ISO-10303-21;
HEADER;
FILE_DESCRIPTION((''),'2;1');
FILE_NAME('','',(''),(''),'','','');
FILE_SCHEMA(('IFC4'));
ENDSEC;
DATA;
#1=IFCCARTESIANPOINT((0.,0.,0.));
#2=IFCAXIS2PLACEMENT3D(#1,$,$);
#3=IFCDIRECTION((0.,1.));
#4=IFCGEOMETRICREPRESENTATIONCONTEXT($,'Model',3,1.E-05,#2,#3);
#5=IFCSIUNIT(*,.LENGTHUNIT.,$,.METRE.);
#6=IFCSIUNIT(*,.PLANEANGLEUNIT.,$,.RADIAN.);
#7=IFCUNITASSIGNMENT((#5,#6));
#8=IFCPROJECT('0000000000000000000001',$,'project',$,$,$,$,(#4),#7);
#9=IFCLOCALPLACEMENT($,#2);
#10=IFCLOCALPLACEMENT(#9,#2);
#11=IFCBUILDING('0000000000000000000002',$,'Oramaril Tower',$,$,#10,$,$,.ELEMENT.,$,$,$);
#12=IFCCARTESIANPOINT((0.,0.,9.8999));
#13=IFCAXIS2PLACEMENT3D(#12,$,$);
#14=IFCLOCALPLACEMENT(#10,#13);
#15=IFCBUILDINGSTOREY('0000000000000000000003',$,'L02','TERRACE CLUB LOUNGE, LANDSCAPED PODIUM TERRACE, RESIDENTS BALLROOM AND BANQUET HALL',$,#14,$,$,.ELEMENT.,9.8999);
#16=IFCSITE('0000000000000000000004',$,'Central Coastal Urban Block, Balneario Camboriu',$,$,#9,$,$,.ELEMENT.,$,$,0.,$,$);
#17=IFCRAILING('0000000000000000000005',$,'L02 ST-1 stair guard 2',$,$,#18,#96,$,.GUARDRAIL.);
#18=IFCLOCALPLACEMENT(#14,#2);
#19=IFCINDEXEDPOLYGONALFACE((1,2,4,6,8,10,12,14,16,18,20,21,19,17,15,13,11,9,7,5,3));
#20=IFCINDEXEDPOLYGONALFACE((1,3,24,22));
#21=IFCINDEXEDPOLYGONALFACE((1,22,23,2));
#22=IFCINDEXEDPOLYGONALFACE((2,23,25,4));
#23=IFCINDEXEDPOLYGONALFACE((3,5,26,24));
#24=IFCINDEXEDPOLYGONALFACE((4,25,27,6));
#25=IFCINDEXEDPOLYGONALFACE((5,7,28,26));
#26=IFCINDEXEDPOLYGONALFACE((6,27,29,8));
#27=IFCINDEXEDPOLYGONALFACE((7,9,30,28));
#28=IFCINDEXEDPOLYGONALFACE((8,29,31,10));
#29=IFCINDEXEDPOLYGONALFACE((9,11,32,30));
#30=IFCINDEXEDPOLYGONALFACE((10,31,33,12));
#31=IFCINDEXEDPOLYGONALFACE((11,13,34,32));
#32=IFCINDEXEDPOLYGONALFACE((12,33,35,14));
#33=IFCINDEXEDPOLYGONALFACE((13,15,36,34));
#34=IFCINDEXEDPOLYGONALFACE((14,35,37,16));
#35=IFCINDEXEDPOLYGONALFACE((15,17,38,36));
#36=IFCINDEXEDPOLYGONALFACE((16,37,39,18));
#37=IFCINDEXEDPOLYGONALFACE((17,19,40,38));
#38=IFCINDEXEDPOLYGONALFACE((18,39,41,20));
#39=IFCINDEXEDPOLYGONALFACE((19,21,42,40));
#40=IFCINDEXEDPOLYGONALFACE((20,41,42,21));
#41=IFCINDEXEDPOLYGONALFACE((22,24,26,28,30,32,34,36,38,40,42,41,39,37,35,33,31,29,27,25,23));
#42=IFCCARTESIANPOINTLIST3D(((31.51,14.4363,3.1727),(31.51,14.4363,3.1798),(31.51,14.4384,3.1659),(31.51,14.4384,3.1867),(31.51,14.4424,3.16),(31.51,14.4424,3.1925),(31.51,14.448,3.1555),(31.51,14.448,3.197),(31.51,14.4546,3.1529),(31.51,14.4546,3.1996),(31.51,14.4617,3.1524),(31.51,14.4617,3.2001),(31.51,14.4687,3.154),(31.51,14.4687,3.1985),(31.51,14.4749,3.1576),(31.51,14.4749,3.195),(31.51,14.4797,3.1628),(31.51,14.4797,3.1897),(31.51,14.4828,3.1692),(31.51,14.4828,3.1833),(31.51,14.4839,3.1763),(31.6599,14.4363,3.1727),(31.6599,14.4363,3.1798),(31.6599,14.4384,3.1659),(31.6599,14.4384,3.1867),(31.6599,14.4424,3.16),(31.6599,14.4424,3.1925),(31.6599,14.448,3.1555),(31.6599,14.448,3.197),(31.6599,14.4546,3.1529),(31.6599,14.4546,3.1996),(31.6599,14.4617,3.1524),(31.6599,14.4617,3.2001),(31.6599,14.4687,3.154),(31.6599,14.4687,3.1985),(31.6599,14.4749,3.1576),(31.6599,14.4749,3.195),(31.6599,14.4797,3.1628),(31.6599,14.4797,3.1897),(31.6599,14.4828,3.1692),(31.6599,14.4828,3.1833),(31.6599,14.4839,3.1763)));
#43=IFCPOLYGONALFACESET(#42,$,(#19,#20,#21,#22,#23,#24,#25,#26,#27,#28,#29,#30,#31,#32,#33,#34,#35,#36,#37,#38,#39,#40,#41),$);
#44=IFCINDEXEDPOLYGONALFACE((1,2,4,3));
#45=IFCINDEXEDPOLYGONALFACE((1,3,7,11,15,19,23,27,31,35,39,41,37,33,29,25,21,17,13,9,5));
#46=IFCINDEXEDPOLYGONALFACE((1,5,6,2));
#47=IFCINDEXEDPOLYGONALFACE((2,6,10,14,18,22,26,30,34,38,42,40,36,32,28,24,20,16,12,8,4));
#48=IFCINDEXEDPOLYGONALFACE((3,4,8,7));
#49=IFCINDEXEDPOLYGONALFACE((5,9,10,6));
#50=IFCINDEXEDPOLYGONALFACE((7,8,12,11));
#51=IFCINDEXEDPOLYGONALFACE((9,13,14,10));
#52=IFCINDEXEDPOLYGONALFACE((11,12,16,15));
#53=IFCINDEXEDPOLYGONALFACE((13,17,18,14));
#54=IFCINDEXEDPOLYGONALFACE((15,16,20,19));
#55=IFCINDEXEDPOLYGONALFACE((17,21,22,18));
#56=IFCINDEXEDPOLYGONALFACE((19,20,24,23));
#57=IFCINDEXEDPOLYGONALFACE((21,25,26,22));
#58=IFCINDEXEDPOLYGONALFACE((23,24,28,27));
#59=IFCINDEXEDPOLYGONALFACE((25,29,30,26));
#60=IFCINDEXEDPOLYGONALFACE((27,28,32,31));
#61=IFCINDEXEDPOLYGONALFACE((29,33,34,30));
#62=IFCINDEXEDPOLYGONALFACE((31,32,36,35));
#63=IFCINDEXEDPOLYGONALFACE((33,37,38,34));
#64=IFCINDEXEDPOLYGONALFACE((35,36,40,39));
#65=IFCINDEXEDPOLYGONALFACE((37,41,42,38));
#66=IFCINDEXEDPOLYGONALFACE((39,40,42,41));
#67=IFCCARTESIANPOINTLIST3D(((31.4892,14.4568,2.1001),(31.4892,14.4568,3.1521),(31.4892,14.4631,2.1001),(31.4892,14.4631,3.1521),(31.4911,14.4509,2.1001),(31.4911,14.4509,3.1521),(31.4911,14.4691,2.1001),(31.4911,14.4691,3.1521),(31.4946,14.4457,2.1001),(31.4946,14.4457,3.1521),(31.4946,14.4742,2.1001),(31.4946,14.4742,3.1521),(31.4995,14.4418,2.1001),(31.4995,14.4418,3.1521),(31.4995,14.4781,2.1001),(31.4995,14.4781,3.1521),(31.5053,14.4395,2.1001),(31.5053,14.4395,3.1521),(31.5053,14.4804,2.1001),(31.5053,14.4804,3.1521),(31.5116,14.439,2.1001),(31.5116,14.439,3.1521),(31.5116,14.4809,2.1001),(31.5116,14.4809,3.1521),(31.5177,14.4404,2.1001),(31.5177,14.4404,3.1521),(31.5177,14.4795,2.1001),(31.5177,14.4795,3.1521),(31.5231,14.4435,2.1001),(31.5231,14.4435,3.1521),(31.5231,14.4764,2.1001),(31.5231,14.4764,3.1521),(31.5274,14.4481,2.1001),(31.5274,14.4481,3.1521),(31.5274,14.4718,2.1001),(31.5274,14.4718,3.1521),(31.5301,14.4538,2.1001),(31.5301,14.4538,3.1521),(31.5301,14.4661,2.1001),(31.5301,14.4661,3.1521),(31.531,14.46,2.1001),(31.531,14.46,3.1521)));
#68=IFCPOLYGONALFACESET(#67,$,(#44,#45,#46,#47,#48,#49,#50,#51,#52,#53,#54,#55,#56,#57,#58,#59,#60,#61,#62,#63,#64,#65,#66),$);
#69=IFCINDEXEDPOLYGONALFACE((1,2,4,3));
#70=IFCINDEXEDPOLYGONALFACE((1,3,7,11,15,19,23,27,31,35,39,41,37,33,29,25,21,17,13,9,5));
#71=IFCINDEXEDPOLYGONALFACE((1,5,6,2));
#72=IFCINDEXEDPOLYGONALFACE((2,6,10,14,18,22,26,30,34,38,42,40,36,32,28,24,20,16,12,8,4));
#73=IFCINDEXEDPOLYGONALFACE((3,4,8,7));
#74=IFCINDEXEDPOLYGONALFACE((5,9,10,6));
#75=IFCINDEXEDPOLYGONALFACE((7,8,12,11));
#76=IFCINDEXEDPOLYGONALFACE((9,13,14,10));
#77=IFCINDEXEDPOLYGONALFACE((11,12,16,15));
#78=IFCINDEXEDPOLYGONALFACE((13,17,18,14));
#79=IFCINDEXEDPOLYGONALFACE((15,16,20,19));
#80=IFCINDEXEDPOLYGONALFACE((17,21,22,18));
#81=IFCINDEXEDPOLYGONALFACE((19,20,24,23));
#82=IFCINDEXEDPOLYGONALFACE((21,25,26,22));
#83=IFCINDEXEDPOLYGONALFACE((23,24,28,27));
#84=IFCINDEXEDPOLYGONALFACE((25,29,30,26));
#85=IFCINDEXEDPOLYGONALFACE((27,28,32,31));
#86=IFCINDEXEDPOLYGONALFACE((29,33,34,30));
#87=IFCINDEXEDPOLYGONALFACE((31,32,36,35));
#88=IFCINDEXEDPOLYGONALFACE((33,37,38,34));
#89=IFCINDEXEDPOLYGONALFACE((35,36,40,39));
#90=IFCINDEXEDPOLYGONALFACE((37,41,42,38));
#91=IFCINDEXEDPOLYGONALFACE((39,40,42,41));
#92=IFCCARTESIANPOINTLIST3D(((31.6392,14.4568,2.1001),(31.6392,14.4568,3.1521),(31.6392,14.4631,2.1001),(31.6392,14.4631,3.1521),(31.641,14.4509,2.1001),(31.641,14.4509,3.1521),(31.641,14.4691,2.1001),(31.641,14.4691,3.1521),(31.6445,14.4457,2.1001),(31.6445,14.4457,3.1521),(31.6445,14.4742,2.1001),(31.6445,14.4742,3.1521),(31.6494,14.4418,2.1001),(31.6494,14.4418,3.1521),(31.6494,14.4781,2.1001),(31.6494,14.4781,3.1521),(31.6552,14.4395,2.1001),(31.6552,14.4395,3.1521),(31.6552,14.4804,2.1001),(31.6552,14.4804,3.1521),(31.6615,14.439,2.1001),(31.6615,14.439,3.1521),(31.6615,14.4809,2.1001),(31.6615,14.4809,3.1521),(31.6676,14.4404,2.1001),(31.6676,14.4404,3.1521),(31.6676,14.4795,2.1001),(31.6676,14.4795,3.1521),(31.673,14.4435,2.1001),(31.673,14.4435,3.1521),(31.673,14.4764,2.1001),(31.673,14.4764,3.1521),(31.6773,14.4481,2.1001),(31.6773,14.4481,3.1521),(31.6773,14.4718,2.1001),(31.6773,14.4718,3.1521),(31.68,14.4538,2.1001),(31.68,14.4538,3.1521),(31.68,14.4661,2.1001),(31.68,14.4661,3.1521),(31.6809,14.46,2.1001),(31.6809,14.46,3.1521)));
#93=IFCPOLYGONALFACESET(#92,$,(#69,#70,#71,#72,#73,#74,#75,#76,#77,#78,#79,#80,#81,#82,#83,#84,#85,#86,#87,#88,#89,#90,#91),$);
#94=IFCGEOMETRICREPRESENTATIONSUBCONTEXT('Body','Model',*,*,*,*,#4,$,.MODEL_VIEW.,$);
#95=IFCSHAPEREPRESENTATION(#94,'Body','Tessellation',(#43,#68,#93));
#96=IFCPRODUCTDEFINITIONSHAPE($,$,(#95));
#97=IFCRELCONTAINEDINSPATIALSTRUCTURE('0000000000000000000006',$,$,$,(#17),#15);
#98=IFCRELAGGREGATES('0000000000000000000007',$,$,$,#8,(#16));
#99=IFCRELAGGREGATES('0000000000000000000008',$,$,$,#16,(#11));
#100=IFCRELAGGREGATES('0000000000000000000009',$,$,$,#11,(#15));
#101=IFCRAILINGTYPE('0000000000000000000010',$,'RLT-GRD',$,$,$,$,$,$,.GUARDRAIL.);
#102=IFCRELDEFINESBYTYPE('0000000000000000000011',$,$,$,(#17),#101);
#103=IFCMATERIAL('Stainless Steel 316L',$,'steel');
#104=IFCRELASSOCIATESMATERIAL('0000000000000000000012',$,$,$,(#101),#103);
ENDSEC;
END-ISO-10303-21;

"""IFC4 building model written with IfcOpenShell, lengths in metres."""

from ifc_helpers import new_model, si_unit, direction, frame, origin, origin_2d, place, context, subcontext, project, spatial, circle, extrude, material, type_object, element, save


model = new_model("IFC4")

# Units and contexts
model_context = context("Model", 3, precision=1e-05, world=origin(), true_north=direction((0.0, 1.0)))
body_context = subcontext(model_context, "Body", "Model", "MODEL_VIEW")
ifc_project = project(units=[si_unit("LENGTHUNIT", "METRE"), si_unit("PLANEANGLEUNIT", "RADIAN")], contexts=[model_context])

# Site, building, storey
site_placement = place(None, origin())
site = spatial("IfcSite", under=ifc_project, at=site_placement, Name="Central Coastal Urban Block, Balneario Camboriu", CompositionType="ELEMENT", RefElevation=0.0)
building_placement = place(site_placement, origin())
building = spatial("IfcBuilding", under=site, at=building_placement, Name="Oramaril Tower", CompositionType="ELEMENT")
storey_placement = place(building_placement, frame((0.0, 0.0, 9.8999)))
storey = spatial("IfcBuildingStorey", under=building, at=storey_placement, Name="L02", Description="TERRACE CLUB LOUNGE, LANDSCAPED PODIUM TERRACE, RESIDENTS BALLROOM AND BANQUET HALL", CompositionType="ELEMENT", Elevation=9.8999)

# Railing
ifc_material_1 = material(Name="Stainless Steel 316L", Category="steel")
railing_type_1 = type_object("IfcRailingType", Name="RLT-GRD", PredefinedType="GUARDRAIL", material=ifc_material_1)
railing_1_placement = place(storey_placement, frame((31.51, 14.46, 2.1001)))
element("IfcRailing", 1, at=railing_1_placement, inside=storey, type_object=railing_type_1, Name="L02 ST-1 stair guard 2", PredefinedType="GUARDRAIL", context=body_context, shape_type="SweptSolid", body=[
    extrude(circle(Radius=0.0239, at=origin_2d()), frame((0.0, 0.0, 1.0762), z_axis=(1.0, 0.0, 0.0), x_axis=(0.0, 1.0, 0.0)), (0.0, 0.0, 1.0), 0.1499),
    extrude(circle(Radius=0.021, at=origin_2d()), origin(), (0.0, 0.0, 1.0), 1.052),
    extrude(circle(Radius=0.021, at=origin_2d()), frame((0.1499, 0.0, 0.0)), (0.0, 0.0, 1.0), 1.052),
])

save(model, "model.ifc")
